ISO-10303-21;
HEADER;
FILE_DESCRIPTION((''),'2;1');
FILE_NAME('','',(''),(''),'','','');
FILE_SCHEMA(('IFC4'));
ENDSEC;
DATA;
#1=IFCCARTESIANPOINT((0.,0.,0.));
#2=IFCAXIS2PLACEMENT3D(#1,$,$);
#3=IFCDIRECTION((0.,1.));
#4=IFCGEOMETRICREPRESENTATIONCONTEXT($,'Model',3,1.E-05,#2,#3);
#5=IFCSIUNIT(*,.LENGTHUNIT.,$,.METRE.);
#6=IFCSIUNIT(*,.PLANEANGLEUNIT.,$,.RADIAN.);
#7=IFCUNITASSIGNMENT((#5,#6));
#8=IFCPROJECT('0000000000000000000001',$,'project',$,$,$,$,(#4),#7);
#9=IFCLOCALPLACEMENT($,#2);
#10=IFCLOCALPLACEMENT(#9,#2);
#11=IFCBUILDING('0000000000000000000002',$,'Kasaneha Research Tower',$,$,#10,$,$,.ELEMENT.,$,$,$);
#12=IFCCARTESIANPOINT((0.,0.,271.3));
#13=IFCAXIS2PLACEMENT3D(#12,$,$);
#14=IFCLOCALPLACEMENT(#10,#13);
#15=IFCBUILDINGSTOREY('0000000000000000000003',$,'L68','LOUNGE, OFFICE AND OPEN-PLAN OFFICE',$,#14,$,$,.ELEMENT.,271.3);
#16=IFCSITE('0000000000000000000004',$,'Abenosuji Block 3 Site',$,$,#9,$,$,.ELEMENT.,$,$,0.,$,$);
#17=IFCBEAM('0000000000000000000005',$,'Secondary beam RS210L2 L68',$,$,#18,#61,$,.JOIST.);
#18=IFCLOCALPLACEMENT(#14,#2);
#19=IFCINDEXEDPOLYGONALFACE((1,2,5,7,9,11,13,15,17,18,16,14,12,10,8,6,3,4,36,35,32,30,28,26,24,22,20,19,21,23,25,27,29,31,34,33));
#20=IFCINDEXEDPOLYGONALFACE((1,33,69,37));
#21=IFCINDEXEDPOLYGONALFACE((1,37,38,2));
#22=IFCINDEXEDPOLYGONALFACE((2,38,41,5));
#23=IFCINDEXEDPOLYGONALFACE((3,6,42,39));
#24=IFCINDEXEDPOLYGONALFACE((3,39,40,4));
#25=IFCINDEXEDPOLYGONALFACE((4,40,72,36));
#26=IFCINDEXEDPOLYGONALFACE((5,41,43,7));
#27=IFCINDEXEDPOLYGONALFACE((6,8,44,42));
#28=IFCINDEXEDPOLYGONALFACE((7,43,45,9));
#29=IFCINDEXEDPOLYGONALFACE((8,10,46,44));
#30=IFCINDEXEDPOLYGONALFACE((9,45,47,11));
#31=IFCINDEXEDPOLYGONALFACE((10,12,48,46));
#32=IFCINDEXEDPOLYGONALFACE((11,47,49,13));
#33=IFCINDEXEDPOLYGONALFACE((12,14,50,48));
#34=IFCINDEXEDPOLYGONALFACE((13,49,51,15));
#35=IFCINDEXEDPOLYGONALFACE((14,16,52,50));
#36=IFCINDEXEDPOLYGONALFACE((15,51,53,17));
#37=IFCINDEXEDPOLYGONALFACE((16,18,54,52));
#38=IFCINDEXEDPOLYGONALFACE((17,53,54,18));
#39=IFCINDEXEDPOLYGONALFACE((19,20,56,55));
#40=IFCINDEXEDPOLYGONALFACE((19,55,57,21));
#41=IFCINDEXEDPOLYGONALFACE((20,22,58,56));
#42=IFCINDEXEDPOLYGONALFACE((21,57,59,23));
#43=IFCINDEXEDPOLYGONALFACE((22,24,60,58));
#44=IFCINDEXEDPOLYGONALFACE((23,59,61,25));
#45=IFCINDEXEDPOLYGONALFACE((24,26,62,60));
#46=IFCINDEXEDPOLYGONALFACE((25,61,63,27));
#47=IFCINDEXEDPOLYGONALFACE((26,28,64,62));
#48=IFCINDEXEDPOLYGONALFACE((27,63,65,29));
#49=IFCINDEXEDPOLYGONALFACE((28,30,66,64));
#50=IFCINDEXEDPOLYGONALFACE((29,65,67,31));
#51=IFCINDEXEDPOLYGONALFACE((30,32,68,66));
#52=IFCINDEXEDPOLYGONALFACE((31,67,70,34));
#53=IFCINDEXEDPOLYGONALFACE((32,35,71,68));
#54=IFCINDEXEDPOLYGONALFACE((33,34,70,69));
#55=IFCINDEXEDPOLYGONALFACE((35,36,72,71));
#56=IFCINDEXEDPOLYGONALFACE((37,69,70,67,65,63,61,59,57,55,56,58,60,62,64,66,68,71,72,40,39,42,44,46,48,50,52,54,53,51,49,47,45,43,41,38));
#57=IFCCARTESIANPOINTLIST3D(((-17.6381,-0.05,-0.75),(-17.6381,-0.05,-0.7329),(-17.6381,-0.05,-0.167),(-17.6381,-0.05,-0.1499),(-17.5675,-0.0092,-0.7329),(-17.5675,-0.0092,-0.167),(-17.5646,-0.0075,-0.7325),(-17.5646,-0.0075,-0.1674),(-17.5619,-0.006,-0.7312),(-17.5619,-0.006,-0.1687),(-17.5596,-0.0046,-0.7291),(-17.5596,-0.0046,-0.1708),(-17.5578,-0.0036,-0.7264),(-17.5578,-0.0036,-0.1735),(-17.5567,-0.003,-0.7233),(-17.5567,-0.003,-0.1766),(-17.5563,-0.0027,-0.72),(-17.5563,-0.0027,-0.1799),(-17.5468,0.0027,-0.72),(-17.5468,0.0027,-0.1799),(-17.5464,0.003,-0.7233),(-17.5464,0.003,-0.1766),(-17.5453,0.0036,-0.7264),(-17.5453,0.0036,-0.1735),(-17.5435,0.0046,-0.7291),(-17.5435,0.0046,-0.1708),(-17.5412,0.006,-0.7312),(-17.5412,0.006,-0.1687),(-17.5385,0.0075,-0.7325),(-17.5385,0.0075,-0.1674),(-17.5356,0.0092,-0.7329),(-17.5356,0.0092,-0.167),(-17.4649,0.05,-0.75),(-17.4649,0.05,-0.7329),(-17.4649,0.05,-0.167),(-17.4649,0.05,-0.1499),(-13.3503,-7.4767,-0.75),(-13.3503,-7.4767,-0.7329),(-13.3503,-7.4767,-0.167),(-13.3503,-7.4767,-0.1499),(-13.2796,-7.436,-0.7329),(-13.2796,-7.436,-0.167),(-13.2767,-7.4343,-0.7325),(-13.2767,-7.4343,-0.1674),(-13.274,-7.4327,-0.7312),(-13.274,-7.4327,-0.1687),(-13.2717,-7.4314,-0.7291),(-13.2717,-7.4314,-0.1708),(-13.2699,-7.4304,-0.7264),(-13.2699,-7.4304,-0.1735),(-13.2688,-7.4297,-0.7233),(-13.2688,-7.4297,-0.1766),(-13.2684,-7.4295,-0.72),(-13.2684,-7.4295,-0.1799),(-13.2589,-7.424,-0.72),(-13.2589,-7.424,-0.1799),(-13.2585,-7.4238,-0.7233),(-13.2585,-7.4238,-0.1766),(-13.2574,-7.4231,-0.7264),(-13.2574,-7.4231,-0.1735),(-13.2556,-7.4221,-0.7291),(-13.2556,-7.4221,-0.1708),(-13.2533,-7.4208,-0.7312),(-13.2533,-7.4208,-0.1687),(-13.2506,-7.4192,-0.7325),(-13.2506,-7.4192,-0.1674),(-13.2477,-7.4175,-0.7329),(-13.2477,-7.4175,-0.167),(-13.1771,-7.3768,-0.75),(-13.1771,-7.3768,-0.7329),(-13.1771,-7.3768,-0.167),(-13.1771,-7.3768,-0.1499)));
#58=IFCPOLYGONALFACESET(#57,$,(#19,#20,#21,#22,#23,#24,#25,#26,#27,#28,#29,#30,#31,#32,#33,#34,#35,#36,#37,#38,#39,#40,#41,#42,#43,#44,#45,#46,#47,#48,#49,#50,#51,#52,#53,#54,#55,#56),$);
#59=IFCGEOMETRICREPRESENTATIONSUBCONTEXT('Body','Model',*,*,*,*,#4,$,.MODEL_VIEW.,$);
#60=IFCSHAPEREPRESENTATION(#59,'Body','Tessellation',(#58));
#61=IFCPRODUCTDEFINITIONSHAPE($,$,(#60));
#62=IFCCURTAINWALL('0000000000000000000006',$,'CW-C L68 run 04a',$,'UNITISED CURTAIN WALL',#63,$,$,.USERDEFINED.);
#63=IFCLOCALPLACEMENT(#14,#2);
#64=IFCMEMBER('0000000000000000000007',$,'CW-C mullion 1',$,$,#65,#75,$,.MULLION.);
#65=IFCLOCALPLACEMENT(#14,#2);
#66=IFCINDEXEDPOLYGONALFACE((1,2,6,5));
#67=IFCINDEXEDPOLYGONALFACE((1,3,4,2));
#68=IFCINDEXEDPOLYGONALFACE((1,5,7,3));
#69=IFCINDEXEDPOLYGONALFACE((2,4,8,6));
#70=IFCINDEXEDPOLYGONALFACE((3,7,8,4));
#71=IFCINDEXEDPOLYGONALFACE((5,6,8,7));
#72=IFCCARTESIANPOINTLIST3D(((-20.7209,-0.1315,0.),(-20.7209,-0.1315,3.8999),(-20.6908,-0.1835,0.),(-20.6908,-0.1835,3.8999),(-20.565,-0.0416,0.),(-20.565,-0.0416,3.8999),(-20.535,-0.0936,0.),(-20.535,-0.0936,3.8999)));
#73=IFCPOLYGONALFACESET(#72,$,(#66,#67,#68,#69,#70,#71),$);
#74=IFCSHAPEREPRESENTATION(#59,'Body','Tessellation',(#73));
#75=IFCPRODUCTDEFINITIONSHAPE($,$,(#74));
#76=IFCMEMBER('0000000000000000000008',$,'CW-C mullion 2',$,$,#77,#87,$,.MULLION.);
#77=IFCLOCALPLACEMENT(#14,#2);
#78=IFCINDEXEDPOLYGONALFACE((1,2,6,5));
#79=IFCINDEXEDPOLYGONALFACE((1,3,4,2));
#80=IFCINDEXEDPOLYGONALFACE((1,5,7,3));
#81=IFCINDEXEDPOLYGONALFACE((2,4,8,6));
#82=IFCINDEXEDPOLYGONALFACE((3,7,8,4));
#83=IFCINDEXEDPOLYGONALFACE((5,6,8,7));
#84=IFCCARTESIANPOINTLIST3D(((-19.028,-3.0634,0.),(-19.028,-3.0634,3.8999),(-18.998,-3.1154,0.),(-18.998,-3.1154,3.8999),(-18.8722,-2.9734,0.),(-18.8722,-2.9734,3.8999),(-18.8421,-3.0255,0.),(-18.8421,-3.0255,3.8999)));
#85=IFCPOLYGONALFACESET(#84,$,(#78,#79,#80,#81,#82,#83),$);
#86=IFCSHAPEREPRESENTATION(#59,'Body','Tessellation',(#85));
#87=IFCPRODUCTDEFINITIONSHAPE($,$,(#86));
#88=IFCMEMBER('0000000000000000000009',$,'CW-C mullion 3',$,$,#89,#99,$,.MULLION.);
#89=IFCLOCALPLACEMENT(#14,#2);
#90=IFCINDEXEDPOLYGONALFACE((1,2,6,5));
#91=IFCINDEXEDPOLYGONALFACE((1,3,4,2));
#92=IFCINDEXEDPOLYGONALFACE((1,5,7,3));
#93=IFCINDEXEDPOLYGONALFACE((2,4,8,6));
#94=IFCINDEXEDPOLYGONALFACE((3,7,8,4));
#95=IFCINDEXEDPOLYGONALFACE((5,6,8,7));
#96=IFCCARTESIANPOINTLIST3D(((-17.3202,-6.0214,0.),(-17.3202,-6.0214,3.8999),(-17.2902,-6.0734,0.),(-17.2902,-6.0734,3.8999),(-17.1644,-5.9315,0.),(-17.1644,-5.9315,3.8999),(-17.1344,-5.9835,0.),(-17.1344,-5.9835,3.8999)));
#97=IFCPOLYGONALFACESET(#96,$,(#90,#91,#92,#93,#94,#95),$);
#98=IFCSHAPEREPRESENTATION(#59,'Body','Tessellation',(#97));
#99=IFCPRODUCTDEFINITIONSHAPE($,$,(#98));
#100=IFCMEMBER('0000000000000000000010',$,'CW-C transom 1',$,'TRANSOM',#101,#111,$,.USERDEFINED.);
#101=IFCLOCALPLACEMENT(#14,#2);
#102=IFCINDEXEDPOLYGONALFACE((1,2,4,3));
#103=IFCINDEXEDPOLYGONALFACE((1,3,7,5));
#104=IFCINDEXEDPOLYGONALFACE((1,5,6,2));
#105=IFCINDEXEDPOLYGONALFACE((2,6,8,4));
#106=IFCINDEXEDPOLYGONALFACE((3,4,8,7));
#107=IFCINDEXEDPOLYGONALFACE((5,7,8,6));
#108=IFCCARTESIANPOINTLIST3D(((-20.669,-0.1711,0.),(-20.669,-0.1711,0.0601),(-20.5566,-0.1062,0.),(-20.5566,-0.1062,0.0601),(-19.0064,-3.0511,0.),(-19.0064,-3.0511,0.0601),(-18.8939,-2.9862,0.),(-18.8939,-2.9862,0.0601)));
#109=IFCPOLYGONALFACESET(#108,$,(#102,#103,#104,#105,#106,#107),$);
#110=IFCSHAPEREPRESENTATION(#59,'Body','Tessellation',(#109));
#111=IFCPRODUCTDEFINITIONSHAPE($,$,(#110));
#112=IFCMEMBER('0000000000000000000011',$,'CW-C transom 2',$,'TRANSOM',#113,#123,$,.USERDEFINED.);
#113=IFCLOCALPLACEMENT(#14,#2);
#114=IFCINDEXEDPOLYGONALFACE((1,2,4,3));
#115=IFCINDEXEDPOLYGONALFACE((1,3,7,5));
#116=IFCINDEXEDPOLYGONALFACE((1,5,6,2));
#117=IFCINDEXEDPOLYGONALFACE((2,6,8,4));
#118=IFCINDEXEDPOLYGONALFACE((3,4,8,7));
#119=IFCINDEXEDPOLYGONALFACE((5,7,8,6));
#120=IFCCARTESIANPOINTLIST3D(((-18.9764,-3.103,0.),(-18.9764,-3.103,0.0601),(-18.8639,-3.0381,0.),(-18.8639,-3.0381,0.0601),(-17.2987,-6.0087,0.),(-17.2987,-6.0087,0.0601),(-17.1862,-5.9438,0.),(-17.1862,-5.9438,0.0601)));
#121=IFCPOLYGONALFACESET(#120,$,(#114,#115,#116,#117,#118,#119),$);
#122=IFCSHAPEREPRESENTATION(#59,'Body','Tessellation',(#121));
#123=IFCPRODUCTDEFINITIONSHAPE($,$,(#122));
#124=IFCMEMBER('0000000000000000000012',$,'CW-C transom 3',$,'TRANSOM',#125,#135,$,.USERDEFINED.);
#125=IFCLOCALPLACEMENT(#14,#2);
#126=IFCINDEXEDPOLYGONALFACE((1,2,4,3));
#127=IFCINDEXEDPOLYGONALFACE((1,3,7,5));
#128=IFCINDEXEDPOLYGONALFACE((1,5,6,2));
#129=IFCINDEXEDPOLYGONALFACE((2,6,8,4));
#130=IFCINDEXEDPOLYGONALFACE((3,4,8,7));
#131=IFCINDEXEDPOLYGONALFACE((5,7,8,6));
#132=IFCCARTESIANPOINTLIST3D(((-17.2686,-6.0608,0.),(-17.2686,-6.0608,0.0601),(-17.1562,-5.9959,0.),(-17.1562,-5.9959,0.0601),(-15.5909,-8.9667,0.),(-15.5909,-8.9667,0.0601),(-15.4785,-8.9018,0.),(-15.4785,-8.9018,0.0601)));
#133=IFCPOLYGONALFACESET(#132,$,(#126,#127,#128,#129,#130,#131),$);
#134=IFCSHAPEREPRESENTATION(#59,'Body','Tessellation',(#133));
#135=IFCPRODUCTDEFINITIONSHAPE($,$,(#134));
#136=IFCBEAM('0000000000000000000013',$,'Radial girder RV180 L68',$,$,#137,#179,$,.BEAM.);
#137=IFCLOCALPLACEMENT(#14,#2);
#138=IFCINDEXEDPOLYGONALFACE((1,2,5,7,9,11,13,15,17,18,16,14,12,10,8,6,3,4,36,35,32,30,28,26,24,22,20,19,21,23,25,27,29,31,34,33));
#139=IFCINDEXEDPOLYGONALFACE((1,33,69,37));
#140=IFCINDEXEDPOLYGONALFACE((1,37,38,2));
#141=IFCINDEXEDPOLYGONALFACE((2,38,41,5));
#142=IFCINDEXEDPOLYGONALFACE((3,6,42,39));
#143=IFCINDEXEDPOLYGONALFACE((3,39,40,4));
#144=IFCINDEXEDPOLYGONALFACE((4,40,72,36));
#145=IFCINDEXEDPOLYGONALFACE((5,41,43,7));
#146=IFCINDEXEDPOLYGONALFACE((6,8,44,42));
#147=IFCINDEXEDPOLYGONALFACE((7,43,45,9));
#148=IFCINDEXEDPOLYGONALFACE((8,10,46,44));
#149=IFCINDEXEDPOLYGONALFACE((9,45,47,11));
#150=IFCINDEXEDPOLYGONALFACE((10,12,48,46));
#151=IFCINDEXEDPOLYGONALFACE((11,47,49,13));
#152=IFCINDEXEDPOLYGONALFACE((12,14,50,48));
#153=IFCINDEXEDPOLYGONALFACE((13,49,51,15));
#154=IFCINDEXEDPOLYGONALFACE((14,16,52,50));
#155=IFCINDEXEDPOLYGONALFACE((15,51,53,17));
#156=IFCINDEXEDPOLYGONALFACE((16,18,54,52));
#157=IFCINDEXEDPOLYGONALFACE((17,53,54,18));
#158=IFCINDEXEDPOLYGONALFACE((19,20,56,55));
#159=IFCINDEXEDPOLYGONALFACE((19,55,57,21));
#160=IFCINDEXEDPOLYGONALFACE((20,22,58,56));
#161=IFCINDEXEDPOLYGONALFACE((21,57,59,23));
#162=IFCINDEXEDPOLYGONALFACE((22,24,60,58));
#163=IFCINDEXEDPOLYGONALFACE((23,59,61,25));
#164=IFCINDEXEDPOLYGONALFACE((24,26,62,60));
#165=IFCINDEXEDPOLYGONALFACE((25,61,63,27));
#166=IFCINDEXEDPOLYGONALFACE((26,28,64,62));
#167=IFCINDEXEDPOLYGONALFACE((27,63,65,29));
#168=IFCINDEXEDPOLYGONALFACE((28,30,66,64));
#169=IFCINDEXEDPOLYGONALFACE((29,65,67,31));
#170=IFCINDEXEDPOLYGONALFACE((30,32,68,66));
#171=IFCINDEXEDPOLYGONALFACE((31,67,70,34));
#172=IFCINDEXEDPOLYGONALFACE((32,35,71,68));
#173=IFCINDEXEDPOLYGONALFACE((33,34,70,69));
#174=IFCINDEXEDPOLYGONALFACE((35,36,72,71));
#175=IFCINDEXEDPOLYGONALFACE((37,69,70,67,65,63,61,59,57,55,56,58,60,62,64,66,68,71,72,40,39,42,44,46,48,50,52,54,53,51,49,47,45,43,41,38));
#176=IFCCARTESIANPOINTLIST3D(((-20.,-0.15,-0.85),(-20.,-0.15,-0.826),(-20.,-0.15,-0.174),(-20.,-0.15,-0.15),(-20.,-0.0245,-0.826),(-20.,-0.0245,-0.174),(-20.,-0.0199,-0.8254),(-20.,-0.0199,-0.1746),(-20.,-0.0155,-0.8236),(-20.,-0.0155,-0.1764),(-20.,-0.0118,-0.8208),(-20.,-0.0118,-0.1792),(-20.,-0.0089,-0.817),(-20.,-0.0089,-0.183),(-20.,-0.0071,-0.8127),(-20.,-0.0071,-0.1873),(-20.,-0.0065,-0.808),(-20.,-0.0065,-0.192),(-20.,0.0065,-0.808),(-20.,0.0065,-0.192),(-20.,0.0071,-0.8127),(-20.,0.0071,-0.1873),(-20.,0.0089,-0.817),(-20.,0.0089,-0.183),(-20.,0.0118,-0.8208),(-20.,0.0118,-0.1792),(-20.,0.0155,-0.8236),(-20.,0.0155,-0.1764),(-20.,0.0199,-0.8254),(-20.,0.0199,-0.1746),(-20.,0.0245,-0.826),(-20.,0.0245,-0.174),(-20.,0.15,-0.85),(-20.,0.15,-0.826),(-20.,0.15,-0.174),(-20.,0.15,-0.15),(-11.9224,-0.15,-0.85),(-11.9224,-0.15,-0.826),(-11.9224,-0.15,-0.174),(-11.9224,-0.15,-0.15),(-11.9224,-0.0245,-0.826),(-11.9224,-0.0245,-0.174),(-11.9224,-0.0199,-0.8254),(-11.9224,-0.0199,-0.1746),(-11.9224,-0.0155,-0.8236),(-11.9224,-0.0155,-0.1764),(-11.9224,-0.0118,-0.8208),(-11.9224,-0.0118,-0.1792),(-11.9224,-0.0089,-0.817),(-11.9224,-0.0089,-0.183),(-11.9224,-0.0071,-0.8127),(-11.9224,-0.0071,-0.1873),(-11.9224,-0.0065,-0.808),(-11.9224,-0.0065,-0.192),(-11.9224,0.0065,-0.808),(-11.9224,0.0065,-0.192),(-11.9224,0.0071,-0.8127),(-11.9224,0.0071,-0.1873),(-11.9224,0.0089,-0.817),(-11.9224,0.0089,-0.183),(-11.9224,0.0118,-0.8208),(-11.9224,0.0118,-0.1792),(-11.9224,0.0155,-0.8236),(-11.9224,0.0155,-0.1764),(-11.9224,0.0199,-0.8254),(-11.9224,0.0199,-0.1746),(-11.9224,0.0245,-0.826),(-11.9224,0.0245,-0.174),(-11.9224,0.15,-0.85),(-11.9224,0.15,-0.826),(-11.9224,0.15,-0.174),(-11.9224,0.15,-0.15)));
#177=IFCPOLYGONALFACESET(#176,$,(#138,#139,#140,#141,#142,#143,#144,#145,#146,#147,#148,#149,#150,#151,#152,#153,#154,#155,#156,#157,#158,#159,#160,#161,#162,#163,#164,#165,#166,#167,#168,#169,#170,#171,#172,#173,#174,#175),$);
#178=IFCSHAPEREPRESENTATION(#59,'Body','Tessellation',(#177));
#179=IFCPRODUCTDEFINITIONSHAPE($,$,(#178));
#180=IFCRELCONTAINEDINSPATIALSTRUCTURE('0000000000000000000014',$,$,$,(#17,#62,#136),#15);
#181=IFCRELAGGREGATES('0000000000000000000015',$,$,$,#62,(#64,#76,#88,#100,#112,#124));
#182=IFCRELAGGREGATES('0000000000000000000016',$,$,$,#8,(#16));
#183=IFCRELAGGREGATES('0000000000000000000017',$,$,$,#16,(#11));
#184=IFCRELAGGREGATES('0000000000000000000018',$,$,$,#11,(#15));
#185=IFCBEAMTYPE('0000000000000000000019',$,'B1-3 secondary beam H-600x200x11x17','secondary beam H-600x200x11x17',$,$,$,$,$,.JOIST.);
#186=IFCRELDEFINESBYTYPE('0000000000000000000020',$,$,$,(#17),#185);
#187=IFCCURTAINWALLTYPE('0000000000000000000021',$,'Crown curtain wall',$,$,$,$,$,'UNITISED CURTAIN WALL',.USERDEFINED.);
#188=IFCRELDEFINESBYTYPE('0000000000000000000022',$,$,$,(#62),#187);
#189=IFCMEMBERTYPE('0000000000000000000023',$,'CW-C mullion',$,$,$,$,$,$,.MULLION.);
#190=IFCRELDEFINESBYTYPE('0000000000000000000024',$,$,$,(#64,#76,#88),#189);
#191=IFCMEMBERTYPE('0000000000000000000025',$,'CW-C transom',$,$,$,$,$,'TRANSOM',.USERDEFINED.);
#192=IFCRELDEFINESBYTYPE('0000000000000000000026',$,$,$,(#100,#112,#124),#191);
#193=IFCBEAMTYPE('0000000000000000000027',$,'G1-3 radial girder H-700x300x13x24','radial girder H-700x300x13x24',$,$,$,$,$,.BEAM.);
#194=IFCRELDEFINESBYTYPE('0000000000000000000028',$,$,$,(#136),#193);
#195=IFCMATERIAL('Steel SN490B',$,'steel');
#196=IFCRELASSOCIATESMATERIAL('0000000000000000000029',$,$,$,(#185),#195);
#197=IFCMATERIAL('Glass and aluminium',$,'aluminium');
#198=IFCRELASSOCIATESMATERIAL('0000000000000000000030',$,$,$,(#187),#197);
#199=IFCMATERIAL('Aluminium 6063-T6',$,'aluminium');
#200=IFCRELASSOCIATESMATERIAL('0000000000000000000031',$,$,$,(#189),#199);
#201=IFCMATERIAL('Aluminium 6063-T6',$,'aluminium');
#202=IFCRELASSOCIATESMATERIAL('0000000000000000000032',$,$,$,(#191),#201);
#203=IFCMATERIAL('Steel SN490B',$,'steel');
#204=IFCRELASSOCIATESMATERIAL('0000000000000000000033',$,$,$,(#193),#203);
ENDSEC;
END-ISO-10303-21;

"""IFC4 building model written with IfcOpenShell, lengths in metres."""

from ifc_helpers import new_model, si_unit, direction, frame, origin, origin_2d, place, context, subcontext, project, spatial, rectangle, i_section, extrude, material, material_profile, profile_set, type_object, element, aggregate, save


model = new_model("IFC4")

# Units and contexts
model_context = context("Model", 3, precision=1e-05, world=origin(), true_north=direction((0.0, 1.0)))
body_context = subcontext(model_context, "Body", "Model", "MODEL_VIEW")
ifc_project = project(units=[si_unit("LENGTHUNIT", "METRE"), si_unit("PLANEANGLEUNIT", "RADIAN")], contexts=[model_context])

# Site, building, storey
site_placement = place(None, origin())
site = spatial("IfcSite", under=ifc_project, at=site_placement, Name="Abenosuji Block 3 Site", CompositionType="ELEMENT", RefElevation=0.0)
building_placement = place(site_placement, origin())
building = spatial("IfcBuilding", under=site, at=building_placement, Name="Kasaneha Research Tower", CompositionType="ELEMENT")
storey_placement = place(building_placement, frame((0.0, 0.0, 271.3)))
storey = spatial("IfcBuildingStorey", under=building, at=storey_placement, Name="L68", Description="LOUNGE, OFFICE AND OPEN-PLAN OFFICE", CompositionType="ELEMENT", Elevation=271.3)

# Beam
ifc_material_1 = material(Name="Steel SN490B", Category="steel")
ifc_material_profile_1 = material_profile(ifc_material_1, i_section(OverallWidth=0.2, OverallDepth=0.6001, WebThickness=0.011, FlangeThickness=0.0171, FilletRadius=0.0129, at=origin_2d()), Name="H-600x200x11x17")
ifc_profile_set_1 = profile_set([ifc_material_profile_1], Name="Steel SN490B")
beam_type_1 = type_object("IfcBeamType", Name="B1-3 secondary beam H-600x200x11x17", Description="secondary beam H-600x200x11x17", PredefinedType="JOIST", material=ifc_profile_set_1)
beam_1_placement = place(storey_placement, frame((-17.5515, 0.0, -0.45), z_axis=(0.5, -0.866025, 0.0), x_axis=(0.866025, 0.5, 0.0)))
element("IfcBeam", 1, at=beam_1_placement, inside=storey, type_object=beam_type_1, Name="Secondary beam RS210L2 L68", PredefinedType="JOIST", context=body_context, shape_type="SweptSolid", body=[
    extrude(i_section(OverallWidth=0.2, OverallDepth=0.6001, WebThickness=0.011, FlangeThickness=0.0171, FilletRadius=0.0129, at=origin_2d()), origin(), (0.0, 0.0, 1.0), 8.5757),
])

# Curtain wall, members
ifc_material_2 = material(Name="Glass and aluminium", Category="aluminium")
curtain_wall_type = type_object("IfcCurtainWallType", Name="Crown curtain wall", ElementType="UNITISED CURTAIN WALL", PredefinedType="USERDEFINED", material=ifc_material_2)
curtain_wall_placement = place(storey_placement, origin())
curtain_wall = element("IfcCurtainWall", 2, at=curtain_wall_placement, inside=storey, type_object=curtain_wall_type, Name="CW-C L68 run 04a", ObjectType="UNITISED CURTAIN WALL", PredefinedType="USERDEFINED")
ifc_material_3 = material(Name="Aluminium 6063-T6", Category="aluminium")
ifc_material_profile_2 = material_profile(ifc_material_3, rectangle(XDim=0.0601, YDim=0.1799, at=origin_2d()), Name="CW-C mullion 60x180")
ifc_profile_set_2 = profile_set([ifc_material_profile_2], Name="Aluminium 6063-T6")
member_type_1 = type_object("IfcMemberType", Name="CW-C mullion", PredefinedType="MULLION", material=ifc_profile_set_2)
member_1_placement = place(storey_placement, frame((-20.6279, -0.1125, 0.0), z_axis=(0.0, 0.0, 1.0), x_axis=(0.5, -0.866025, 0.0)))
member_1 = element("IfcMember", 3, at=member_1_placement, type_object=member_type_1, Name="CW-C mullion 1", PredefinedType="MULLION", context=body_context, shape_type="SweptSolid", body=[
    extrude(rectangle(XDim=0.0601, YDim=0.1799, at=origin_2d()), origin(), (0.0, 0.0, 1.0), 3.8999),
])
member_2_placement = place(storey_placement, frame((-18.9351, -3.0444, 0.0), z_axis=(0.0, 0.0, 1.0), x_axis=(0.5, -0.866025, 0.0)))
member_2 = element("IfcMember", 4, at=member_2_placement, type_object=member_type_1, Name="CW-C mullion 2", PredefinedType="MULLION", context=body_context, shape_type="SweptSolid", body=[
    extrude(rectangle(XDim=0.0601, YDim=0.1799, at=origin_2d()), origin(), (0.0, 0.0, 1.0), 3.8999),
])
member_3_placement = place(storey_placement, frame((-17.2273, -6.0024, 0.0), z_axis=(0.0, 0.0, 1.0), x_axis=(0.5, -0.866025, 0.0)))
member_3 = element("IfcMember", 5, at=member_3_placement, type_object=member_type_1, Name="CW-C mullion 3", PredefinedType="MULLION", context=body_context, shape_type="SweptSolid", body=[
    extrude(rectangle(XDim=0.0601, YDim=0.1799, at=origin_2d()), origin(), (0.0, 0.0, 1.0), 3.8999),
])
ifc_material_4 = material(Name="Aluminium 6063-T6", Category="aluminium")
ifc_material_profile_3 = material_profile(ifc_material_4, rectangle(XDim=0.1299, YDim=0.0601, at=origin_2d()), Name="CW-C transom 130x60")
ifc_profile_set_3 = profile_set([ifc_material_profile_3], Name="Aluminium 6063-T6")
member_type_2 = type_object("IfcMemberType", Name="CW-C transom", ElementType="TRANSOM", PredefinedType="USERDEFINED", material=ifc_profile_set_3)
member_4_placement = place(storey_placement, frame((-20.6128, -0.1387, 0.03), z_axis=(0.499977, -0.866039, 0.0), x_axis=(0.866039, 0.499977, 0.0)))
member_4 = element("IfcMember", 6, at=member_4_placement, type_object=member_type_2, Name="CW-C transom 1", ObjectType="TRANSOM", PredefinedType="USERDEFINED", context=body_context, shape_type="SweptSolid", body=[
    extrude(rectangle(XDim=0.1299, YDim=0.0601, at=origin_2d()), origin(), (0.0, 0.0, 1.0), 3.3254),
])
member_5_placement = place(storey_placement, frame((-18.9202, -3.0706, 0.03), z_axis=(0.500021, -0.866014, 0.0), x_axis=(0.866014, 0.500021, 0.0)))
member_5 = element("IfcMember", 7, at=member_5_placement, type_object=member_type_2, Name="CW-C transom 2", ObjectType="TRANSOM", PredefinedType="USERDEFINED", context=body_context, shape_type="SweptSolid", body=[
    extrude(rectangle(XDim=0.1299, YDim=0.0601, at=origin_2d()), origin(), (0.0, 0.0, 1.0), 3.3552),
])
member_6_placement = place(storey_placement, frame((-17.2124, -6.0283, 0.03), z_axis=(0.499989, -0.866032, 0.0), x_axis=(0.866032, 0.499989, 0.0)))
member_6 = element("IfcMember", 8, at=member_6_placement, type_object=member_type_2, Name="CW-C transom 3", ObjectType="TRANSOM", PredefinedType="USERDEFINED", context=body_context, shape_type="SweptSolid", body=[
    extrude(rectangle(XDim=0.1299, YDim=0.0601, at=origin_2d()), origin(), (0.0, 0.0, 1.0), 3.3555),
])

# Beam
ifc_material_5 = material(Name="Steel SN490B", Category="steel")
ifc_material_profile_4 = material_profile(ifc_material_5, i_section(OverallWidth=0.3, OverallDepth=0.7, WebThickness=0.0129, FlangeThickness=0.0239, FilletRadius=0.0181, at=origin_2d()), Name="H-700x300x13x24")
ifc_profile_set_4 = profile_set([ifc_material_profile_4], Name="Steel SN490B")
beam_type_2 = type_object("IfcBeamType", Name="G1-3 radial girder H-700x300x13x24", Description="radial girder H-700x300x13x24", PredefinedType="BEAM", material=ifc_profile_set_4)
beam_2_placement = place(storey_placement, frame((-11.9224, 0.0, -0.5), z_axis=(-1.0, 0.0, 0.0), x_axis=(0.0, -1.0, 0.0)))
element("IfcBeam", 9, at=beam_2_placement, inside=storey, type_object=beam_type_2, Name="Radial girder RV180 L68", PredefinedType="BEAM", context=body_context, shape_type="SweptSolid", body=[
    extrude(i_section(OverallWidth=0.3, OverallDepth=0.7, WebThickness=0.0129, FlangeThickness=0.0239, FilletRadius=0.0181, at=origin_2d()), origin(), (0.0, 0.0, 1.0), 8.0776),
])

aggregate(curtain_wall, [member_1, member_2, member_3, member_4, member_5, member_6])

save(model, "model.ifc")
